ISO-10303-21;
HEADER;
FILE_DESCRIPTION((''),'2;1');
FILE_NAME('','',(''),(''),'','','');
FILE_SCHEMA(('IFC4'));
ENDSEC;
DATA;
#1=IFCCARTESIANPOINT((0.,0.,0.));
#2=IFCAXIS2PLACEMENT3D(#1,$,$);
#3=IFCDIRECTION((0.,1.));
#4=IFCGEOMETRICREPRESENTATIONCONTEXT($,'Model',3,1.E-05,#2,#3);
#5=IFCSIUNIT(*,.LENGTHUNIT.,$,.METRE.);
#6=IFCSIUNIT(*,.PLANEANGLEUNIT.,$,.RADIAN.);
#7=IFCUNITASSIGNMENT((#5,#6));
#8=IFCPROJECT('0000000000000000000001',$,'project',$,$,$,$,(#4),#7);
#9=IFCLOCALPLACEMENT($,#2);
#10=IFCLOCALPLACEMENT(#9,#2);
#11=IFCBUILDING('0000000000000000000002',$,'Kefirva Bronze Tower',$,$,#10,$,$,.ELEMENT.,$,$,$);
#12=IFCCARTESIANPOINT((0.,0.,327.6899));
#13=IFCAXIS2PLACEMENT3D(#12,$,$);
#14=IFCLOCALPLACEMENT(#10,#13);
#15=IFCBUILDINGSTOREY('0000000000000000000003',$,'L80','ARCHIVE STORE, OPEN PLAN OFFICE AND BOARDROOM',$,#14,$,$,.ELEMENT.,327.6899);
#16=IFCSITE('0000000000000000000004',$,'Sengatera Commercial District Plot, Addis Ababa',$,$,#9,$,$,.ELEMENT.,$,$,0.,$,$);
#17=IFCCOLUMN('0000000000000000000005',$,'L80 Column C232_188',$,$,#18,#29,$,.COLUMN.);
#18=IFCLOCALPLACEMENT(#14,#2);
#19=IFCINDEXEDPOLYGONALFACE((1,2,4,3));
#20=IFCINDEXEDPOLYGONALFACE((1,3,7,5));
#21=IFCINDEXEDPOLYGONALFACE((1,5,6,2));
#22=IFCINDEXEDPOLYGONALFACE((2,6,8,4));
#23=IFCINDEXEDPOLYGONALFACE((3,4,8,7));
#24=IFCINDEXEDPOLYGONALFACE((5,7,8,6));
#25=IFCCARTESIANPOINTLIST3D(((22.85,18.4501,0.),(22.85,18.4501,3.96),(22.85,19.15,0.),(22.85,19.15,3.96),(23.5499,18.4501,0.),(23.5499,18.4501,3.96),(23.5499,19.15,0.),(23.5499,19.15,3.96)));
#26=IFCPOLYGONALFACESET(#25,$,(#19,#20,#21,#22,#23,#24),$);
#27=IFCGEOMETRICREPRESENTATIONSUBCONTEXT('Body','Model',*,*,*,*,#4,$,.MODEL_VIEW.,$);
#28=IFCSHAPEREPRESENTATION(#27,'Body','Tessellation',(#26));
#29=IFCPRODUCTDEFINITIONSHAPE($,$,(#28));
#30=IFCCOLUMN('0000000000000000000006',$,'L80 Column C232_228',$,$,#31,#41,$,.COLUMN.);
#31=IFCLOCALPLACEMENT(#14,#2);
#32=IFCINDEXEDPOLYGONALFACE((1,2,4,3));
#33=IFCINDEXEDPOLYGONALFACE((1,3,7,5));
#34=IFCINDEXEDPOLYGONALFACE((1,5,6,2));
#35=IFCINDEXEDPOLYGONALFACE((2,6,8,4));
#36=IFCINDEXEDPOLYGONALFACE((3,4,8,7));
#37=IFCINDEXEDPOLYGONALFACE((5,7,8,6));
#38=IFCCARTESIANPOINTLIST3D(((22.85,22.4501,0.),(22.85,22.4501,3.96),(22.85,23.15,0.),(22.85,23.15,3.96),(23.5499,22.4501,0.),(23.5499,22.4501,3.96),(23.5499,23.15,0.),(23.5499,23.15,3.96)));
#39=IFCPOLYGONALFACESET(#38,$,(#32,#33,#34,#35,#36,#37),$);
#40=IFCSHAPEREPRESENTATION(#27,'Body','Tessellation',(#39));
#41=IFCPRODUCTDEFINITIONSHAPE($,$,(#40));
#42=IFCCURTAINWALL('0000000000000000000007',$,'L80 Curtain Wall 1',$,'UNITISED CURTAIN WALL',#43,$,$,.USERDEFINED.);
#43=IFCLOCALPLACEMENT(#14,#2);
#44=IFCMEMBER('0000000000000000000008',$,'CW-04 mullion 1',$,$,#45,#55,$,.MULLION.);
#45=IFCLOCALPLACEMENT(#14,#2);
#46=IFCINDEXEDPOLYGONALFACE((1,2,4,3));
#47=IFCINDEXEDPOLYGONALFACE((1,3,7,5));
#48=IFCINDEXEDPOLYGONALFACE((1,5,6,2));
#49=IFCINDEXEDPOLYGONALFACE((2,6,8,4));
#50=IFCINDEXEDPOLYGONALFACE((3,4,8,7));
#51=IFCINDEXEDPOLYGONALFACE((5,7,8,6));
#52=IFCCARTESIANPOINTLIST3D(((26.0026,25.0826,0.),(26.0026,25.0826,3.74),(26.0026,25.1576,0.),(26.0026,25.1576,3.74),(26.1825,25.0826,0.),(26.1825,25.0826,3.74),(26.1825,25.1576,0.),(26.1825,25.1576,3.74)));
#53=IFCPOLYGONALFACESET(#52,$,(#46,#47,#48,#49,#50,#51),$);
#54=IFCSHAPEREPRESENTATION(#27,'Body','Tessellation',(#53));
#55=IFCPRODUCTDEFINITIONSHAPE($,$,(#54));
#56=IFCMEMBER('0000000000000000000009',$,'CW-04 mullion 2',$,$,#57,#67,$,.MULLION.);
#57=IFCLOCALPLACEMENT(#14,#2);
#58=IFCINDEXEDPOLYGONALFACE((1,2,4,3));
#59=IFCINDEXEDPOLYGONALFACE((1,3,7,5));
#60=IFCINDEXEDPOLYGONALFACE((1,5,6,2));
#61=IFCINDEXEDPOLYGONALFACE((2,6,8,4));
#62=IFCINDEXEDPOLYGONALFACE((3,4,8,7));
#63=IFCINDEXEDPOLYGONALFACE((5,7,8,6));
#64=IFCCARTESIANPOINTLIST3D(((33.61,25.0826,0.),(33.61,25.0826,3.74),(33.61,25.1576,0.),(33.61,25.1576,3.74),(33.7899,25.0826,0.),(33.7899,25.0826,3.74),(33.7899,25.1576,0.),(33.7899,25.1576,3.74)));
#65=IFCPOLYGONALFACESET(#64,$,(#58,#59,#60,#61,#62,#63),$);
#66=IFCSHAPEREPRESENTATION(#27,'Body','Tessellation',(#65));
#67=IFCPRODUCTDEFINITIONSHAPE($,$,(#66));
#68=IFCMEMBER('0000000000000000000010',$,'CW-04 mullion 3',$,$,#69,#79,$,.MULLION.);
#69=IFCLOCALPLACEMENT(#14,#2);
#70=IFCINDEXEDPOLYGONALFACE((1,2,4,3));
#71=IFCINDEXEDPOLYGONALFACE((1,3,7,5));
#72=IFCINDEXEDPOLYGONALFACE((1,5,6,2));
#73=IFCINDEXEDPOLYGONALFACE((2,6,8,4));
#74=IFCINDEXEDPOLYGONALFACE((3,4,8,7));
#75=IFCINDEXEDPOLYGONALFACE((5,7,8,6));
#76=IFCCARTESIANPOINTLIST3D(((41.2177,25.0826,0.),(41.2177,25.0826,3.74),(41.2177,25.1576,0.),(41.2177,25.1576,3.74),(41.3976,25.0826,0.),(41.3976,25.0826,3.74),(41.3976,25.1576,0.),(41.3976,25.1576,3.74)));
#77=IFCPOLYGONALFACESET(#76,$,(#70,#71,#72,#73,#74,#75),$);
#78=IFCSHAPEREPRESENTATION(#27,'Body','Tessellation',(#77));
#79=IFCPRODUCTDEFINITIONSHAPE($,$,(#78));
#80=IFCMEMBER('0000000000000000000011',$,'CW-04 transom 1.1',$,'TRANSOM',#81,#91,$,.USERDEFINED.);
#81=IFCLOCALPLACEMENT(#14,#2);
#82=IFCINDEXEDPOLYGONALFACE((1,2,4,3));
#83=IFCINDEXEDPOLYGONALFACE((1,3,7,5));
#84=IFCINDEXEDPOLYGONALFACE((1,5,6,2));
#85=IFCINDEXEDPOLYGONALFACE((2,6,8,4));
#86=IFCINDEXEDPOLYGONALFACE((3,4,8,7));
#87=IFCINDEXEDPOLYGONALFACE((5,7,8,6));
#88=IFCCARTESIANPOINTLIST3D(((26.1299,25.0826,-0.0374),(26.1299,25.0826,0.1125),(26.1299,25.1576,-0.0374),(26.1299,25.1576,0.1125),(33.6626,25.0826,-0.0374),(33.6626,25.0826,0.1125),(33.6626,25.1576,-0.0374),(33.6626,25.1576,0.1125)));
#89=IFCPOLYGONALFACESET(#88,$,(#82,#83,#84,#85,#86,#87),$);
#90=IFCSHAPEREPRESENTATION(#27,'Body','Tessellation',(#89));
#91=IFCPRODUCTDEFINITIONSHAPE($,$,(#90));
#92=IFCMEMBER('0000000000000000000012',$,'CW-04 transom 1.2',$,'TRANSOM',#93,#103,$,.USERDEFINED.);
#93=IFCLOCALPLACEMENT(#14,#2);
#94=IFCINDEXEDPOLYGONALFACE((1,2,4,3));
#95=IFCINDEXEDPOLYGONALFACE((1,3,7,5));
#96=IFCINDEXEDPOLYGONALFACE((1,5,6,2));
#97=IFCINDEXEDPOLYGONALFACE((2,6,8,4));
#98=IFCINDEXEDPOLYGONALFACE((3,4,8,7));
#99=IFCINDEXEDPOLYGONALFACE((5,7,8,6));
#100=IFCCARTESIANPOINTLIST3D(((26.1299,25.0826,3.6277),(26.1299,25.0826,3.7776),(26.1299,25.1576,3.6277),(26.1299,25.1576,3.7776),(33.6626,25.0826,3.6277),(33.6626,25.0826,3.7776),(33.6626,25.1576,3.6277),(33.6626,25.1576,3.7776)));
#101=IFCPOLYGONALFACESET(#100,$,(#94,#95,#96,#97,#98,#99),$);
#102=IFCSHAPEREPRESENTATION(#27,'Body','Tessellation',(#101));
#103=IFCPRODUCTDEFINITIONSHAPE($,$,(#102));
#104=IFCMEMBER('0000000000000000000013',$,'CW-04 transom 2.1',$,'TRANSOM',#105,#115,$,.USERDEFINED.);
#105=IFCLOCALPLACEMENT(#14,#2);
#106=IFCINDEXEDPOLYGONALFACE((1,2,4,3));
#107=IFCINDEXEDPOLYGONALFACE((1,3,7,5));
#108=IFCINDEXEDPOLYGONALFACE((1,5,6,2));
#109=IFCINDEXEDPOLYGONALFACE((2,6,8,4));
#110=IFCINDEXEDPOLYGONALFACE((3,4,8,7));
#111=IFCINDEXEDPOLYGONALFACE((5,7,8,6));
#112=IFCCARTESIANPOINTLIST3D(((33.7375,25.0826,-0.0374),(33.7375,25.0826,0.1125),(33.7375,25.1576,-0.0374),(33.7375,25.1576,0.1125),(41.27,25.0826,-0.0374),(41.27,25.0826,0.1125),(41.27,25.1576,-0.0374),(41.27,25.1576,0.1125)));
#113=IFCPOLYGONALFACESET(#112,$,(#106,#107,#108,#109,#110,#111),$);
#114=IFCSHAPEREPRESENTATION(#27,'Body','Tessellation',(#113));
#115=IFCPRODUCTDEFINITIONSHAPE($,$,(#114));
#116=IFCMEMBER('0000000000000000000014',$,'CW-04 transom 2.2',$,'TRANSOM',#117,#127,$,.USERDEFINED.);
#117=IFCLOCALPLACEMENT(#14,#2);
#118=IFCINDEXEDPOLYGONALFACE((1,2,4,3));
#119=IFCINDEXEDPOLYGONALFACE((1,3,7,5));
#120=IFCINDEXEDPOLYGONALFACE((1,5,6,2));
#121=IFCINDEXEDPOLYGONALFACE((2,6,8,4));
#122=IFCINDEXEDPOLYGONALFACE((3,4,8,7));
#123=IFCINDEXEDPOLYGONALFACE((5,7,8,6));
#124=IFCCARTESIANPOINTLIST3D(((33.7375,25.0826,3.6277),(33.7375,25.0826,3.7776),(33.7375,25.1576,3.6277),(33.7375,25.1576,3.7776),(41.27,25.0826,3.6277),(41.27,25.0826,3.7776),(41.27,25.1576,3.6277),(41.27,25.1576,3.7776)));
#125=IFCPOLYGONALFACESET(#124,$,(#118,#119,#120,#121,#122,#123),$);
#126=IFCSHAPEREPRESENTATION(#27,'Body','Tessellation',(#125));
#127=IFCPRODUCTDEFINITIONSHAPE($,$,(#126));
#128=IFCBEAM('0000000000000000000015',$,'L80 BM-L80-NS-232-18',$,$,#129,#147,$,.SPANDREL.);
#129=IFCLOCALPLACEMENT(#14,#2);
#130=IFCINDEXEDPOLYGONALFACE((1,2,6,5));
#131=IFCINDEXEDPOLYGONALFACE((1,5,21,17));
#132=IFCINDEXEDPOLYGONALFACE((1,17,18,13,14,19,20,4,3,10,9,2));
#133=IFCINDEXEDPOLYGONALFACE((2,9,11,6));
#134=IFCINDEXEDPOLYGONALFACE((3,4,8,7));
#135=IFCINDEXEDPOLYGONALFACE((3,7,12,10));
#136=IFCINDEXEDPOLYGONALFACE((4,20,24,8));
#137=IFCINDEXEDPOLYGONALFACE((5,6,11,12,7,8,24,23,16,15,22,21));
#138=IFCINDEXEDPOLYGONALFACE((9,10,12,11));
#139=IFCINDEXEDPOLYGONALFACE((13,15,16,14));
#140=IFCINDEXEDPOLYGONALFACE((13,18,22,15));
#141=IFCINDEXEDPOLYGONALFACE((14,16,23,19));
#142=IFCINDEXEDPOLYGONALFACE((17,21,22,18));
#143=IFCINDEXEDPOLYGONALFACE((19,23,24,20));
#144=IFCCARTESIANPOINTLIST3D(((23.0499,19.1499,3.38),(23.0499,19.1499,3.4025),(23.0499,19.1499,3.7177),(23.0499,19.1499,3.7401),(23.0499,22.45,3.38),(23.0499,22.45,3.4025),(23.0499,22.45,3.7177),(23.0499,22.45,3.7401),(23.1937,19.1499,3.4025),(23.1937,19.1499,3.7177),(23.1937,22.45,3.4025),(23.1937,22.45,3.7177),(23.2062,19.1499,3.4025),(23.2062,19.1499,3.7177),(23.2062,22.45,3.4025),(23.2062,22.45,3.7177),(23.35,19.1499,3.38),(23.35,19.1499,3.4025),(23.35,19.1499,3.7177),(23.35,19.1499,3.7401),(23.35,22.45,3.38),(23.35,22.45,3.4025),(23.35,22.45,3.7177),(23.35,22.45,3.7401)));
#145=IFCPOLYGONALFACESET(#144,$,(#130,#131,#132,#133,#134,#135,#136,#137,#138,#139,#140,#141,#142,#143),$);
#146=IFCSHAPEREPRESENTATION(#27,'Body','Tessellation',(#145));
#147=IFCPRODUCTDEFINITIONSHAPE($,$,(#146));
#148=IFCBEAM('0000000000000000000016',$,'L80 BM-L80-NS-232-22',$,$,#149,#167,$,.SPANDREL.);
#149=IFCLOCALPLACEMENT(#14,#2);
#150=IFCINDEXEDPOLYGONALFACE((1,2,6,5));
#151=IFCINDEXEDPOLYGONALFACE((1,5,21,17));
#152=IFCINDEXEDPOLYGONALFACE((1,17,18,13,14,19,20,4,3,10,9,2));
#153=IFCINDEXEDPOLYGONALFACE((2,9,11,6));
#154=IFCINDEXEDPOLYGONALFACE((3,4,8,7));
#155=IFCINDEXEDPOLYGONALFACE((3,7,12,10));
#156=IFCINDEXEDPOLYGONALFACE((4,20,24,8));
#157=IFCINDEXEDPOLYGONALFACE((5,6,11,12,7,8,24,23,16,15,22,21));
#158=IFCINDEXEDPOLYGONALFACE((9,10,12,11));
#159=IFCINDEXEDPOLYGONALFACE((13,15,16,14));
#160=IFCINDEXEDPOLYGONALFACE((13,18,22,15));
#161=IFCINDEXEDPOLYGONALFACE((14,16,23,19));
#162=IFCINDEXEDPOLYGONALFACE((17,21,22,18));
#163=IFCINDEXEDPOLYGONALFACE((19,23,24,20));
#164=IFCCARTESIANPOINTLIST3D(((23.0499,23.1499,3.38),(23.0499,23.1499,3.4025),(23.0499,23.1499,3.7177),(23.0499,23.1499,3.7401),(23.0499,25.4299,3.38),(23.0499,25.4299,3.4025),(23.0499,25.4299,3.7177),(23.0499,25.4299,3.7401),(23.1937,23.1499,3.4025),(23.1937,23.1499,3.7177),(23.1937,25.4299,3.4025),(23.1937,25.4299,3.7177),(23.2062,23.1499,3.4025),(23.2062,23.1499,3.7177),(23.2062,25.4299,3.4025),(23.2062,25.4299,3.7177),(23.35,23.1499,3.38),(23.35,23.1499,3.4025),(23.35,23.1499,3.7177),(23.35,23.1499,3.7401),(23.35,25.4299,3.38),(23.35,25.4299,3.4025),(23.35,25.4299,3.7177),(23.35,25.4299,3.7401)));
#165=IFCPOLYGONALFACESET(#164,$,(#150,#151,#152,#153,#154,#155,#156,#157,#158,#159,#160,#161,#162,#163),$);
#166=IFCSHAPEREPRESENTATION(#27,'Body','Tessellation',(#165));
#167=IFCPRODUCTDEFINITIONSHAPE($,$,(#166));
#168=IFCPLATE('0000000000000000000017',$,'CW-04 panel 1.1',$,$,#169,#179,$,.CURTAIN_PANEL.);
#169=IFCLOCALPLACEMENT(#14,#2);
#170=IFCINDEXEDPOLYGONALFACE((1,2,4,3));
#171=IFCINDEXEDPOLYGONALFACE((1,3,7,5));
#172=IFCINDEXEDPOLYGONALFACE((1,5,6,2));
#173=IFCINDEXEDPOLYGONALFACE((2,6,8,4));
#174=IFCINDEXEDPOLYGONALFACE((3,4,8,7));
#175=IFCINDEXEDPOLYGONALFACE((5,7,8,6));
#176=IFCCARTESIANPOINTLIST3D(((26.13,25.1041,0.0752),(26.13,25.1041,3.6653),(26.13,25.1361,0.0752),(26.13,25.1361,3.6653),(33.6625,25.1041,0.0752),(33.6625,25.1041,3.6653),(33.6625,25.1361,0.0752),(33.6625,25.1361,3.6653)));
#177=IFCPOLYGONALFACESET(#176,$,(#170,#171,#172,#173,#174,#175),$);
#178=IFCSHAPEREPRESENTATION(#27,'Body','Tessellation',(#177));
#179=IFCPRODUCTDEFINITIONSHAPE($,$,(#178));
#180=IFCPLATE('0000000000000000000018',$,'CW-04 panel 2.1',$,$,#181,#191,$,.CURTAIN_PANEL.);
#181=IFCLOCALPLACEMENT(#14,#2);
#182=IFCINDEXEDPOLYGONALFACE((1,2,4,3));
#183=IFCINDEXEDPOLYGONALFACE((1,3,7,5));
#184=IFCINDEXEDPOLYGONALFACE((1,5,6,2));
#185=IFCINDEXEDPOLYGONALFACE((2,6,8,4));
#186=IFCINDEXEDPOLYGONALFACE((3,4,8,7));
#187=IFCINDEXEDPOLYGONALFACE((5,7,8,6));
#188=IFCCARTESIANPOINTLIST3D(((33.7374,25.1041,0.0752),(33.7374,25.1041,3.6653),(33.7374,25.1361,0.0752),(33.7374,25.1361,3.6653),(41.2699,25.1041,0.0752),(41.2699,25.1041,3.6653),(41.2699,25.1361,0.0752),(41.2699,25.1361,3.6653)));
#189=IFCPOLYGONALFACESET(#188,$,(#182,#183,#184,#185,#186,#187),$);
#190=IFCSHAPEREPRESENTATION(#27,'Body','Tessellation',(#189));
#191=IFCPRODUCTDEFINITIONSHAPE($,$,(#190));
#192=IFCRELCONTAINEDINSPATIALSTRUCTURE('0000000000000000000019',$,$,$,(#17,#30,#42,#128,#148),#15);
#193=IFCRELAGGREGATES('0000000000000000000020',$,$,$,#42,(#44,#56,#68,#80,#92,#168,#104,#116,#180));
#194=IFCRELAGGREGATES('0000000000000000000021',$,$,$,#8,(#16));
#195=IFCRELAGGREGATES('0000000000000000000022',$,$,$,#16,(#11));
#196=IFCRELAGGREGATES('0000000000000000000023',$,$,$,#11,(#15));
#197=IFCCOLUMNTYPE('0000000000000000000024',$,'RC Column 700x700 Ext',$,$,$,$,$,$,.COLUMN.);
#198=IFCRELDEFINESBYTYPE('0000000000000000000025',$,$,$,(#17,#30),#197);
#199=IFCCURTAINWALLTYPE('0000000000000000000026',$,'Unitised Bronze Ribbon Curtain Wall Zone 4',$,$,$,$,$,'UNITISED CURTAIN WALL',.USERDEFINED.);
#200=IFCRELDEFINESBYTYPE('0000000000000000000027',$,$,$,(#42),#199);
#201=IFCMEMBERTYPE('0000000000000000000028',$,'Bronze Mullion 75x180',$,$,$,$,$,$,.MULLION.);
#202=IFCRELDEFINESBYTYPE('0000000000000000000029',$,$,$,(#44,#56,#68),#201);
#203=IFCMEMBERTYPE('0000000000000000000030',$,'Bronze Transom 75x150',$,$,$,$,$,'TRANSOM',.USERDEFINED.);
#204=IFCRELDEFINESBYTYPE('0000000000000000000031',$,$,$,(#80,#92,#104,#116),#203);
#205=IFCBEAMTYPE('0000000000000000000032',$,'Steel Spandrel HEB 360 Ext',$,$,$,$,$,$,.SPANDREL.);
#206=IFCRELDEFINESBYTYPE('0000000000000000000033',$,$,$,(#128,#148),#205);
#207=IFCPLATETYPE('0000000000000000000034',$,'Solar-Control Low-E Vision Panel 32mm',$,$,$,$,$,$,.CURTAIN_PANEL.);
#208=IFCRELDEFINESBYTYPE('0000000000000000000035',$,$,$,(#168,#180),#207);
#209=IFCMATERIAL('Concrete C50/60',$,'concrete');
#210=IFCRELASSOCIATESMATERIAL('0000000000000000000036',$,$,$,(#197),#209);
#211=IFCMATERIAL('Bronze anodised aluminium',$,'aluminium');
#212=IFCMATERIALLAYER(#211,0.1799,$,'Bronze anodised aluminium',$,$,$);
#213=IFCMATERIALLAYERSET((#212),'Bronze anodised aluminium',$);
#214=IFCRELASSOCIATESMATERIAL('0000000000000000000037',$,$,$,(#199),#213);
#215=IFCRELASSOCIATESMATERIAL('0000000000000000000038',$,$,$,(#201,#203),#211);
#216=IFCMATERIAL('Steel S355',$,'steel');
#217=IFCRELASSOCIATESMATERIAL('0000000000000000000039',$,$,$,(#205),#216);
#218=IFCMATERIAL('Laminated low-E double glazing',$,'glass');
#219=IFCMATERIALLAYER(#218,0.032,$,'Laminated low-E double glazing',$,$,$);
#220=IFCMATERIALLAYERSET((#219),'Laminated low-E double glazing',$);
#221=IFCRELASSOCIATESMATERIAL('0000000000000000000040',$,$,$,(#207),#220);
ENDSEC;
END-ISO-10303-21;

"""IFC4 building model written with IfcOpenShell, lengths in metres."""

from ifc_helpers import new_model, si_unit, direction, frame, origin, origin_2d, place, context, subcontext, project, spatial, rectangle, i_section, extrude, material, layer, layer_set, material_profile, profile_set, type_object, element, aggregate, save


model = new_model("IFC4")

# Units and contexts
model_context = context("Model", 3, precision=1e-05, world=origin(), true_north=direction((0.0, 1.0)))
body_context = subcontext(model_context, "Body", "Model", "MODEL_VIEW")
ifc_project = project(units=[si_unit("LENGTHUNIT", "METRE"), si_unit("PLANEANGLEUNIT", "RADIAN")], contexts=[model_context])

# Site, building, storey
site_placement = place(None, origin())
site = spatial("IfcSite", under=ifc_project, at=site_placement, Name="Sengatera Commercial District Plot, Addis Ababa", CompositionType="ELEMENT", RefElevation=0.0)
building_placement = place(site_placement, origin())
building = spatial("IfcBuilding", under=site, at=building_placement, Name="Kefirva Bronze Tower", CompositionType="ELEMENT")
storey_placement = place(building_placement, frame((0.0, 0.0, 327.6899)))
storey = spatial("IfcBuildingStorey", under=building, at=storey_placement, Name="L80", Description="ARCHIVE STORE, OPEN PLAN OFFICE AND BOARDROOM", CompositionType="ELEMENT", Elevation=327.6899)

# Columns
ifc_material_1 = material(Name="Concrete C50/60", Category="concrete")
ifc_material_profile_1 = material_profile(ifc_material_1, rectangle(XDim=0.7, YDim=0.7, at=origin_2d()), Name="RC 700x700")
ifc_profile_set_1 = profile_set([ifc_material_profile_1], Name="Concrete C50/60")
column_type = type_object("IfcColumnType", Name="RC Column 700x700 Ext", PredefinedType="COLUMN", material=ifc_profile_set_1)
for number, where, z_axis, x_axis, name in (
    (1, (23.2, 18.8, 0.0), (0.0, 0.0, 1.0), (1.0, 0.0, 0.0), "L80 Column C232_188"),
    (2, (23.2, 22.8, 0.0), (0.0, 0.0, 1.0), (1.0, 0.0, 0.0), "L80 Column C232_228"),
):
    element("IfcColumn", number, at=place(storey_placement, frame(where, z_axis=z_axis, x_axis=x_axis)), inside=storey, type_object=column_type, Name=name, PredefinedType="COLUMN", context=body_context, shape_type="SweptSolid", body=[
        extrude(rectangle(XDim=0.7, YDim=0.7, at=origin_2d()), origin(), (0.0, 0.0, 1.0), 3.96),
    ])

# Curtain wall, members
ifc_material_2 = material(Name="Bronze anodised aluminium", Category="aluminium")
ifc_layer_1 = layer(ifc_material_2, 0.1799, Name="Bronze anodised aluminium")
ifc_layer_set_1 = layer_set([ifc_layer_1], Name="Bronze anodised aluminium")
curtain_wall_type = type_object("IfcCurtainWallType", Name="Unitised Bronze Ribbon Curtain Wall Zone 4", ElementType="UNITISED CURTAIN WALL", PredefinedType="USERDEFINED", material=ifc_layer_set_1)
curtain_wall_placement = place(storey_placement, origin())
curtain_wall = element("IfcCurtainWall", 3, at=curtain_wall_placement, inside=storey, type_object=curtain_wall_type, Name="L80 Curtain Wall 1", ObjectType="UNITISED CURTAIN WALL", PredefinedType="USERDEFINED")
ifc_material_profile_2 = material_profile(ifc_material_2, rectangle(XDim=0.075, YDim=0.1799, at=origin_2d()), Name="ALU 75x180")
ifc_profile_set_2 = profile_set([ifc_material_profile_2], Name="Bronze anodised aluminium")
member_type_1 = type_object("IfcMemberType", Name="Bronze Mullion 75x180", PredefinedType="MULLION", material=ifc_profile_set_2)
member_1_placement = place(storey_placement, frame((26.0925, 25.1201, 0.0), z_axis=(0.0, 0.0, 1.0), x_axis=(0.0, 1.0, 0.0)))
member_1 = element("IfcMember", 4, at=member_1_placement, type_object=member_type_1, Name="CW-04 mullion 1", PredefinedType="MULLION", context=body_context, shape_type="SweptSolid", body=[
    extrude(rectangle(XDim=0.075, YDim=0.1799, at=origin_2d()), origin(), (0.0, 0.0, 1.0), 3.74),
])
member_2_placement = place(storey_placement, frame((33.7, 25.1201, 0.0), z_axis=(0.0, 0.0, 1.0), x_axis=(0.0, 1.0, 0.0)))
member_2 = element("IfcMember", 5, at=member_2_placement, type_object=member_type_1, Name="CW-04 mullion 2", PredefinedType="MULLION", context=body_context, shape_type="SweptSolid", body=[
    extrude(rectangle(XDim=0.075, YDim=0.1799, at=origin_2d()), origin(), (0.0, 0.0, 1.0), 3.74),
])
member_3_placement = place(storey_placement, frame((41.3076, 25.1201, 0.0), z_axis=(0.0, 0.0, 1.0), x_axis=(0.0, 1.0, 0.0)))
member_3 = element("IfcMember", 6, at=member_3_placement, type_object=member_type_1, Name="CW-04 mullion 3", PredefinedType="MULLION", context=body_context, shape_type="SweptSolid", body=[
    extrude(rectangle(XDim=0.075, YDim=0.1799, at=origin_2d()), origin(), (0.0, 0.0, 1.0), 3.74),
])
ifc_material_profile_3 = material_profile(ifc_material_2, rectangle(XDim=0.075, YDim=0.1499, at=origin_2d()), Name="ALU 75x150")
ifc_profile_set_3 = profile_set([ifc_material_profile_3], Name="Bronze anodised aluminium")
member_type_2 = type_object("IfcMemberType", Name="Bronze Transom 75x150", ElementType="TRANSOM", PredefinedType="USERDEFINED", material=ifc_profile_set_3)
member_4_placement = place(storey_placement, frame((26.1299, 25.1201, 0.0376), z_axis=(1.0, 0.0, 0.0), x_axis=(0.0, 1.0, 0.0)))
member_4 = element("IfcMember", 7, at=member_4_placement, type_object=member_type_2, Name="CW-04 transom 1.1", ObjectType="TRANSOM", PredefinedType="USERDEFINED", context=body_context, shape_type="SweptSolid", body=[
    extrude(rectangle(XDim=0.075, YDim=0.1499, at=origin_2d()), origin(), (0.0, 0.0, 1.0), 7.5327),
])
member_5_placement = place(storey_placement, frame((26.1299, 25.1201, 3.7026), z_axis=(1.0, 0.0, 0.0), x_axis=(0.0, 1.0, 0.0)))
member_5 = element("IfcMember", 8, at=member_5_placement, type_object=member_type_2, Name="CW-04 transom 1.2", ObjectType="TRANSOM", PredefinedType="USERDEFINED", context=body_context, shape_type="SweptSolid", body=[
    extrude(rectangle(XDim=0.075, YDim=0.1499, at=origin_2d()), origin(), (0.0, 0.0, 1.0), 7.5327),
])
member_6_placement = place(storey_placement, frame((33.7375, 25.1201, 0.0376), z_axis=(1.0, 0.0, 0.0), x_axis=(0.0, 1.0, 0.0)))
member_6 = element("IfcMember", 9, at=member_6_placement, type_object=member_type_2, Name="CW-04 transom 2.1", ObjectType="TRANSOM", PredefinedType="USERDEFINED", context=body_context, shape_type="SweptSolid", body=[
    extrude(rectangle(XDim=0.075, YDim=0.1499, at=origin_2d()), origin(), (0.0, 0.0, 1.0), 7.5325),
])
member_7_placement = place(storey_placement, frame((33.7375, 25.1201, 3.7026), z_axis=(1.0, 0.0, 0.0), x_axis=(0.0, 1.0, 0.0)))
member_7 = element("IfcMember", 10, at=member_7_placement, type_object=member_type_2, Name="CW-04 transom 2.2", ObjectType="TRANSOM", PredefinedType="USERDEFINED", context=body_context, shape_type="SweptSolid", body=[
    extrude(rectangle(XDim=0.075, YDim=0.1499, at=origin_2d()), origin(), (0.0, 0.0, 1.0), 7.5325),
])

# Beams
ifc_material_3 = material(Name="Steel S355", Category="steel")
ifc_material_profile_4 = material_profile(ifc_material_3, i_section(OverallWidth=0.3, OverallDepth=0.3601, WebThickness=0.0125, FlangeThickness=0.0225, at=origin_2d()), Name="HEB 360")
ifc_profile_set_4 = profile_set([ifc_material_profile_4], Name="Steel S355")
beam_type = type_object("IfcBeamType", Name="Steel Spandrel HEB 360 Ext", PredefinedType="SPANDREL", material=ifc_profile_set_4)
beam_1_placement = place(storey_placement, frame((23.2, 19.1499, 3.5601), z_axis=(0.0, 1.0, 0.0), x_axis=(-1.0, 0.0, 0.0)))
element("IfcBeam", 11, at=beam_1_placement, inside=storey, type_object=beam_type, Name="L80 BM-L80-NS-232-18", PredefinedType="SPANDREL", context=body_context, shape_type="SweptSolid", body=[
    extrude(i_section(OverallWidth=0.3, OverallDepth=0.3601, WebThickness=0.0125, FlangeThickness=0.0225, at=origin_2d()), origin(), (0.0, 0.0, 1.0), 3.3),
])
beam_2_placement = place(storey_placement, frame((23.2, 23.1499, 3.5601), z_axis=(0.0, 1.0, 0.0), x_axis=(-1.0, 0.0, 0.0)))
element("IfcBeam", 12, at=beam_2_placement, inside=storey, type_object=beam_type, Name="L80 BM-L80-NS-232-22", PredefinedType="SPANDREL", context=body_context, shape_type="SweptSolid", body=[
    extrude(i_section(OverallWidth=0.3, OverallDepth=0.3601, WebThickness=0.0125, FlangeThickness=0.0225, at=origin_2d()), origin(), (0.0, 0.0, 1.0), 2.28),
])

# Plates
ifc_material_4 = material(Name="Laminated low-E double glazing", Category="glass")
ifc_layer_2 = layer(ifc_material_4, 0.032, Name="Laminated low-E double glazing")
ifc_layer_set_2 = layer_set([ifc_layer_2], Name="Laminated low-E double glazing")
plate_type = type_object("IfcPlateType", Name="Solar-Control Low-E Vision Panel 32mm", PredefinedType="CURTAIN_PANEL", material=ifc_layer_set_2)
plate_1_placement = place(storey_placement, frame((29.8962, 25.1201, 0.0752), z_axis=(0.0, 0.0, 1.0), x_axis=(1.0, 0.0, 0.0)))
plate_1 = element("IfcPlate", 13, at=plate_1_placement, type_object=plate_type, Name="CW-04 panel 1.1", PredefinedType="CURTAIN_PANEL", context=body_context, shape_type="SweptSolid", body=[
    extrude(rectangle(XDim=7.5325, YDim=0.032, at=origin_2d()), origin(), (0.0, 0.0, 1.0), 3.5901),
])
plate_2_placement = place(storey_placement, frame((37.5037, 25.1201, 0.0752), z_axis=(0.0, 0.0, 1.0), x_axis=(1.0, 0.0, 0.0)))
plate_2 = element("IfcPlate", 14, at=plate_2_placement, type_object=plate_type, Name="CW-04 panel 2.1", PredefinedType="CURTAIN_PANEL", context=body_context, shape_type="SweptSolid", body=[
    extrude(rectangle(XDim=7.5325, YDim=0.032, at=origin_2d()), origin(), (0.0, 0.0, 1.0), 3.5901),
])
aggregate(curtain_wall, [member_1, member_2, member_3, member_4, member_5, plate_1, member_6, member_7, plate_2])

save(model, "model.ifc")
